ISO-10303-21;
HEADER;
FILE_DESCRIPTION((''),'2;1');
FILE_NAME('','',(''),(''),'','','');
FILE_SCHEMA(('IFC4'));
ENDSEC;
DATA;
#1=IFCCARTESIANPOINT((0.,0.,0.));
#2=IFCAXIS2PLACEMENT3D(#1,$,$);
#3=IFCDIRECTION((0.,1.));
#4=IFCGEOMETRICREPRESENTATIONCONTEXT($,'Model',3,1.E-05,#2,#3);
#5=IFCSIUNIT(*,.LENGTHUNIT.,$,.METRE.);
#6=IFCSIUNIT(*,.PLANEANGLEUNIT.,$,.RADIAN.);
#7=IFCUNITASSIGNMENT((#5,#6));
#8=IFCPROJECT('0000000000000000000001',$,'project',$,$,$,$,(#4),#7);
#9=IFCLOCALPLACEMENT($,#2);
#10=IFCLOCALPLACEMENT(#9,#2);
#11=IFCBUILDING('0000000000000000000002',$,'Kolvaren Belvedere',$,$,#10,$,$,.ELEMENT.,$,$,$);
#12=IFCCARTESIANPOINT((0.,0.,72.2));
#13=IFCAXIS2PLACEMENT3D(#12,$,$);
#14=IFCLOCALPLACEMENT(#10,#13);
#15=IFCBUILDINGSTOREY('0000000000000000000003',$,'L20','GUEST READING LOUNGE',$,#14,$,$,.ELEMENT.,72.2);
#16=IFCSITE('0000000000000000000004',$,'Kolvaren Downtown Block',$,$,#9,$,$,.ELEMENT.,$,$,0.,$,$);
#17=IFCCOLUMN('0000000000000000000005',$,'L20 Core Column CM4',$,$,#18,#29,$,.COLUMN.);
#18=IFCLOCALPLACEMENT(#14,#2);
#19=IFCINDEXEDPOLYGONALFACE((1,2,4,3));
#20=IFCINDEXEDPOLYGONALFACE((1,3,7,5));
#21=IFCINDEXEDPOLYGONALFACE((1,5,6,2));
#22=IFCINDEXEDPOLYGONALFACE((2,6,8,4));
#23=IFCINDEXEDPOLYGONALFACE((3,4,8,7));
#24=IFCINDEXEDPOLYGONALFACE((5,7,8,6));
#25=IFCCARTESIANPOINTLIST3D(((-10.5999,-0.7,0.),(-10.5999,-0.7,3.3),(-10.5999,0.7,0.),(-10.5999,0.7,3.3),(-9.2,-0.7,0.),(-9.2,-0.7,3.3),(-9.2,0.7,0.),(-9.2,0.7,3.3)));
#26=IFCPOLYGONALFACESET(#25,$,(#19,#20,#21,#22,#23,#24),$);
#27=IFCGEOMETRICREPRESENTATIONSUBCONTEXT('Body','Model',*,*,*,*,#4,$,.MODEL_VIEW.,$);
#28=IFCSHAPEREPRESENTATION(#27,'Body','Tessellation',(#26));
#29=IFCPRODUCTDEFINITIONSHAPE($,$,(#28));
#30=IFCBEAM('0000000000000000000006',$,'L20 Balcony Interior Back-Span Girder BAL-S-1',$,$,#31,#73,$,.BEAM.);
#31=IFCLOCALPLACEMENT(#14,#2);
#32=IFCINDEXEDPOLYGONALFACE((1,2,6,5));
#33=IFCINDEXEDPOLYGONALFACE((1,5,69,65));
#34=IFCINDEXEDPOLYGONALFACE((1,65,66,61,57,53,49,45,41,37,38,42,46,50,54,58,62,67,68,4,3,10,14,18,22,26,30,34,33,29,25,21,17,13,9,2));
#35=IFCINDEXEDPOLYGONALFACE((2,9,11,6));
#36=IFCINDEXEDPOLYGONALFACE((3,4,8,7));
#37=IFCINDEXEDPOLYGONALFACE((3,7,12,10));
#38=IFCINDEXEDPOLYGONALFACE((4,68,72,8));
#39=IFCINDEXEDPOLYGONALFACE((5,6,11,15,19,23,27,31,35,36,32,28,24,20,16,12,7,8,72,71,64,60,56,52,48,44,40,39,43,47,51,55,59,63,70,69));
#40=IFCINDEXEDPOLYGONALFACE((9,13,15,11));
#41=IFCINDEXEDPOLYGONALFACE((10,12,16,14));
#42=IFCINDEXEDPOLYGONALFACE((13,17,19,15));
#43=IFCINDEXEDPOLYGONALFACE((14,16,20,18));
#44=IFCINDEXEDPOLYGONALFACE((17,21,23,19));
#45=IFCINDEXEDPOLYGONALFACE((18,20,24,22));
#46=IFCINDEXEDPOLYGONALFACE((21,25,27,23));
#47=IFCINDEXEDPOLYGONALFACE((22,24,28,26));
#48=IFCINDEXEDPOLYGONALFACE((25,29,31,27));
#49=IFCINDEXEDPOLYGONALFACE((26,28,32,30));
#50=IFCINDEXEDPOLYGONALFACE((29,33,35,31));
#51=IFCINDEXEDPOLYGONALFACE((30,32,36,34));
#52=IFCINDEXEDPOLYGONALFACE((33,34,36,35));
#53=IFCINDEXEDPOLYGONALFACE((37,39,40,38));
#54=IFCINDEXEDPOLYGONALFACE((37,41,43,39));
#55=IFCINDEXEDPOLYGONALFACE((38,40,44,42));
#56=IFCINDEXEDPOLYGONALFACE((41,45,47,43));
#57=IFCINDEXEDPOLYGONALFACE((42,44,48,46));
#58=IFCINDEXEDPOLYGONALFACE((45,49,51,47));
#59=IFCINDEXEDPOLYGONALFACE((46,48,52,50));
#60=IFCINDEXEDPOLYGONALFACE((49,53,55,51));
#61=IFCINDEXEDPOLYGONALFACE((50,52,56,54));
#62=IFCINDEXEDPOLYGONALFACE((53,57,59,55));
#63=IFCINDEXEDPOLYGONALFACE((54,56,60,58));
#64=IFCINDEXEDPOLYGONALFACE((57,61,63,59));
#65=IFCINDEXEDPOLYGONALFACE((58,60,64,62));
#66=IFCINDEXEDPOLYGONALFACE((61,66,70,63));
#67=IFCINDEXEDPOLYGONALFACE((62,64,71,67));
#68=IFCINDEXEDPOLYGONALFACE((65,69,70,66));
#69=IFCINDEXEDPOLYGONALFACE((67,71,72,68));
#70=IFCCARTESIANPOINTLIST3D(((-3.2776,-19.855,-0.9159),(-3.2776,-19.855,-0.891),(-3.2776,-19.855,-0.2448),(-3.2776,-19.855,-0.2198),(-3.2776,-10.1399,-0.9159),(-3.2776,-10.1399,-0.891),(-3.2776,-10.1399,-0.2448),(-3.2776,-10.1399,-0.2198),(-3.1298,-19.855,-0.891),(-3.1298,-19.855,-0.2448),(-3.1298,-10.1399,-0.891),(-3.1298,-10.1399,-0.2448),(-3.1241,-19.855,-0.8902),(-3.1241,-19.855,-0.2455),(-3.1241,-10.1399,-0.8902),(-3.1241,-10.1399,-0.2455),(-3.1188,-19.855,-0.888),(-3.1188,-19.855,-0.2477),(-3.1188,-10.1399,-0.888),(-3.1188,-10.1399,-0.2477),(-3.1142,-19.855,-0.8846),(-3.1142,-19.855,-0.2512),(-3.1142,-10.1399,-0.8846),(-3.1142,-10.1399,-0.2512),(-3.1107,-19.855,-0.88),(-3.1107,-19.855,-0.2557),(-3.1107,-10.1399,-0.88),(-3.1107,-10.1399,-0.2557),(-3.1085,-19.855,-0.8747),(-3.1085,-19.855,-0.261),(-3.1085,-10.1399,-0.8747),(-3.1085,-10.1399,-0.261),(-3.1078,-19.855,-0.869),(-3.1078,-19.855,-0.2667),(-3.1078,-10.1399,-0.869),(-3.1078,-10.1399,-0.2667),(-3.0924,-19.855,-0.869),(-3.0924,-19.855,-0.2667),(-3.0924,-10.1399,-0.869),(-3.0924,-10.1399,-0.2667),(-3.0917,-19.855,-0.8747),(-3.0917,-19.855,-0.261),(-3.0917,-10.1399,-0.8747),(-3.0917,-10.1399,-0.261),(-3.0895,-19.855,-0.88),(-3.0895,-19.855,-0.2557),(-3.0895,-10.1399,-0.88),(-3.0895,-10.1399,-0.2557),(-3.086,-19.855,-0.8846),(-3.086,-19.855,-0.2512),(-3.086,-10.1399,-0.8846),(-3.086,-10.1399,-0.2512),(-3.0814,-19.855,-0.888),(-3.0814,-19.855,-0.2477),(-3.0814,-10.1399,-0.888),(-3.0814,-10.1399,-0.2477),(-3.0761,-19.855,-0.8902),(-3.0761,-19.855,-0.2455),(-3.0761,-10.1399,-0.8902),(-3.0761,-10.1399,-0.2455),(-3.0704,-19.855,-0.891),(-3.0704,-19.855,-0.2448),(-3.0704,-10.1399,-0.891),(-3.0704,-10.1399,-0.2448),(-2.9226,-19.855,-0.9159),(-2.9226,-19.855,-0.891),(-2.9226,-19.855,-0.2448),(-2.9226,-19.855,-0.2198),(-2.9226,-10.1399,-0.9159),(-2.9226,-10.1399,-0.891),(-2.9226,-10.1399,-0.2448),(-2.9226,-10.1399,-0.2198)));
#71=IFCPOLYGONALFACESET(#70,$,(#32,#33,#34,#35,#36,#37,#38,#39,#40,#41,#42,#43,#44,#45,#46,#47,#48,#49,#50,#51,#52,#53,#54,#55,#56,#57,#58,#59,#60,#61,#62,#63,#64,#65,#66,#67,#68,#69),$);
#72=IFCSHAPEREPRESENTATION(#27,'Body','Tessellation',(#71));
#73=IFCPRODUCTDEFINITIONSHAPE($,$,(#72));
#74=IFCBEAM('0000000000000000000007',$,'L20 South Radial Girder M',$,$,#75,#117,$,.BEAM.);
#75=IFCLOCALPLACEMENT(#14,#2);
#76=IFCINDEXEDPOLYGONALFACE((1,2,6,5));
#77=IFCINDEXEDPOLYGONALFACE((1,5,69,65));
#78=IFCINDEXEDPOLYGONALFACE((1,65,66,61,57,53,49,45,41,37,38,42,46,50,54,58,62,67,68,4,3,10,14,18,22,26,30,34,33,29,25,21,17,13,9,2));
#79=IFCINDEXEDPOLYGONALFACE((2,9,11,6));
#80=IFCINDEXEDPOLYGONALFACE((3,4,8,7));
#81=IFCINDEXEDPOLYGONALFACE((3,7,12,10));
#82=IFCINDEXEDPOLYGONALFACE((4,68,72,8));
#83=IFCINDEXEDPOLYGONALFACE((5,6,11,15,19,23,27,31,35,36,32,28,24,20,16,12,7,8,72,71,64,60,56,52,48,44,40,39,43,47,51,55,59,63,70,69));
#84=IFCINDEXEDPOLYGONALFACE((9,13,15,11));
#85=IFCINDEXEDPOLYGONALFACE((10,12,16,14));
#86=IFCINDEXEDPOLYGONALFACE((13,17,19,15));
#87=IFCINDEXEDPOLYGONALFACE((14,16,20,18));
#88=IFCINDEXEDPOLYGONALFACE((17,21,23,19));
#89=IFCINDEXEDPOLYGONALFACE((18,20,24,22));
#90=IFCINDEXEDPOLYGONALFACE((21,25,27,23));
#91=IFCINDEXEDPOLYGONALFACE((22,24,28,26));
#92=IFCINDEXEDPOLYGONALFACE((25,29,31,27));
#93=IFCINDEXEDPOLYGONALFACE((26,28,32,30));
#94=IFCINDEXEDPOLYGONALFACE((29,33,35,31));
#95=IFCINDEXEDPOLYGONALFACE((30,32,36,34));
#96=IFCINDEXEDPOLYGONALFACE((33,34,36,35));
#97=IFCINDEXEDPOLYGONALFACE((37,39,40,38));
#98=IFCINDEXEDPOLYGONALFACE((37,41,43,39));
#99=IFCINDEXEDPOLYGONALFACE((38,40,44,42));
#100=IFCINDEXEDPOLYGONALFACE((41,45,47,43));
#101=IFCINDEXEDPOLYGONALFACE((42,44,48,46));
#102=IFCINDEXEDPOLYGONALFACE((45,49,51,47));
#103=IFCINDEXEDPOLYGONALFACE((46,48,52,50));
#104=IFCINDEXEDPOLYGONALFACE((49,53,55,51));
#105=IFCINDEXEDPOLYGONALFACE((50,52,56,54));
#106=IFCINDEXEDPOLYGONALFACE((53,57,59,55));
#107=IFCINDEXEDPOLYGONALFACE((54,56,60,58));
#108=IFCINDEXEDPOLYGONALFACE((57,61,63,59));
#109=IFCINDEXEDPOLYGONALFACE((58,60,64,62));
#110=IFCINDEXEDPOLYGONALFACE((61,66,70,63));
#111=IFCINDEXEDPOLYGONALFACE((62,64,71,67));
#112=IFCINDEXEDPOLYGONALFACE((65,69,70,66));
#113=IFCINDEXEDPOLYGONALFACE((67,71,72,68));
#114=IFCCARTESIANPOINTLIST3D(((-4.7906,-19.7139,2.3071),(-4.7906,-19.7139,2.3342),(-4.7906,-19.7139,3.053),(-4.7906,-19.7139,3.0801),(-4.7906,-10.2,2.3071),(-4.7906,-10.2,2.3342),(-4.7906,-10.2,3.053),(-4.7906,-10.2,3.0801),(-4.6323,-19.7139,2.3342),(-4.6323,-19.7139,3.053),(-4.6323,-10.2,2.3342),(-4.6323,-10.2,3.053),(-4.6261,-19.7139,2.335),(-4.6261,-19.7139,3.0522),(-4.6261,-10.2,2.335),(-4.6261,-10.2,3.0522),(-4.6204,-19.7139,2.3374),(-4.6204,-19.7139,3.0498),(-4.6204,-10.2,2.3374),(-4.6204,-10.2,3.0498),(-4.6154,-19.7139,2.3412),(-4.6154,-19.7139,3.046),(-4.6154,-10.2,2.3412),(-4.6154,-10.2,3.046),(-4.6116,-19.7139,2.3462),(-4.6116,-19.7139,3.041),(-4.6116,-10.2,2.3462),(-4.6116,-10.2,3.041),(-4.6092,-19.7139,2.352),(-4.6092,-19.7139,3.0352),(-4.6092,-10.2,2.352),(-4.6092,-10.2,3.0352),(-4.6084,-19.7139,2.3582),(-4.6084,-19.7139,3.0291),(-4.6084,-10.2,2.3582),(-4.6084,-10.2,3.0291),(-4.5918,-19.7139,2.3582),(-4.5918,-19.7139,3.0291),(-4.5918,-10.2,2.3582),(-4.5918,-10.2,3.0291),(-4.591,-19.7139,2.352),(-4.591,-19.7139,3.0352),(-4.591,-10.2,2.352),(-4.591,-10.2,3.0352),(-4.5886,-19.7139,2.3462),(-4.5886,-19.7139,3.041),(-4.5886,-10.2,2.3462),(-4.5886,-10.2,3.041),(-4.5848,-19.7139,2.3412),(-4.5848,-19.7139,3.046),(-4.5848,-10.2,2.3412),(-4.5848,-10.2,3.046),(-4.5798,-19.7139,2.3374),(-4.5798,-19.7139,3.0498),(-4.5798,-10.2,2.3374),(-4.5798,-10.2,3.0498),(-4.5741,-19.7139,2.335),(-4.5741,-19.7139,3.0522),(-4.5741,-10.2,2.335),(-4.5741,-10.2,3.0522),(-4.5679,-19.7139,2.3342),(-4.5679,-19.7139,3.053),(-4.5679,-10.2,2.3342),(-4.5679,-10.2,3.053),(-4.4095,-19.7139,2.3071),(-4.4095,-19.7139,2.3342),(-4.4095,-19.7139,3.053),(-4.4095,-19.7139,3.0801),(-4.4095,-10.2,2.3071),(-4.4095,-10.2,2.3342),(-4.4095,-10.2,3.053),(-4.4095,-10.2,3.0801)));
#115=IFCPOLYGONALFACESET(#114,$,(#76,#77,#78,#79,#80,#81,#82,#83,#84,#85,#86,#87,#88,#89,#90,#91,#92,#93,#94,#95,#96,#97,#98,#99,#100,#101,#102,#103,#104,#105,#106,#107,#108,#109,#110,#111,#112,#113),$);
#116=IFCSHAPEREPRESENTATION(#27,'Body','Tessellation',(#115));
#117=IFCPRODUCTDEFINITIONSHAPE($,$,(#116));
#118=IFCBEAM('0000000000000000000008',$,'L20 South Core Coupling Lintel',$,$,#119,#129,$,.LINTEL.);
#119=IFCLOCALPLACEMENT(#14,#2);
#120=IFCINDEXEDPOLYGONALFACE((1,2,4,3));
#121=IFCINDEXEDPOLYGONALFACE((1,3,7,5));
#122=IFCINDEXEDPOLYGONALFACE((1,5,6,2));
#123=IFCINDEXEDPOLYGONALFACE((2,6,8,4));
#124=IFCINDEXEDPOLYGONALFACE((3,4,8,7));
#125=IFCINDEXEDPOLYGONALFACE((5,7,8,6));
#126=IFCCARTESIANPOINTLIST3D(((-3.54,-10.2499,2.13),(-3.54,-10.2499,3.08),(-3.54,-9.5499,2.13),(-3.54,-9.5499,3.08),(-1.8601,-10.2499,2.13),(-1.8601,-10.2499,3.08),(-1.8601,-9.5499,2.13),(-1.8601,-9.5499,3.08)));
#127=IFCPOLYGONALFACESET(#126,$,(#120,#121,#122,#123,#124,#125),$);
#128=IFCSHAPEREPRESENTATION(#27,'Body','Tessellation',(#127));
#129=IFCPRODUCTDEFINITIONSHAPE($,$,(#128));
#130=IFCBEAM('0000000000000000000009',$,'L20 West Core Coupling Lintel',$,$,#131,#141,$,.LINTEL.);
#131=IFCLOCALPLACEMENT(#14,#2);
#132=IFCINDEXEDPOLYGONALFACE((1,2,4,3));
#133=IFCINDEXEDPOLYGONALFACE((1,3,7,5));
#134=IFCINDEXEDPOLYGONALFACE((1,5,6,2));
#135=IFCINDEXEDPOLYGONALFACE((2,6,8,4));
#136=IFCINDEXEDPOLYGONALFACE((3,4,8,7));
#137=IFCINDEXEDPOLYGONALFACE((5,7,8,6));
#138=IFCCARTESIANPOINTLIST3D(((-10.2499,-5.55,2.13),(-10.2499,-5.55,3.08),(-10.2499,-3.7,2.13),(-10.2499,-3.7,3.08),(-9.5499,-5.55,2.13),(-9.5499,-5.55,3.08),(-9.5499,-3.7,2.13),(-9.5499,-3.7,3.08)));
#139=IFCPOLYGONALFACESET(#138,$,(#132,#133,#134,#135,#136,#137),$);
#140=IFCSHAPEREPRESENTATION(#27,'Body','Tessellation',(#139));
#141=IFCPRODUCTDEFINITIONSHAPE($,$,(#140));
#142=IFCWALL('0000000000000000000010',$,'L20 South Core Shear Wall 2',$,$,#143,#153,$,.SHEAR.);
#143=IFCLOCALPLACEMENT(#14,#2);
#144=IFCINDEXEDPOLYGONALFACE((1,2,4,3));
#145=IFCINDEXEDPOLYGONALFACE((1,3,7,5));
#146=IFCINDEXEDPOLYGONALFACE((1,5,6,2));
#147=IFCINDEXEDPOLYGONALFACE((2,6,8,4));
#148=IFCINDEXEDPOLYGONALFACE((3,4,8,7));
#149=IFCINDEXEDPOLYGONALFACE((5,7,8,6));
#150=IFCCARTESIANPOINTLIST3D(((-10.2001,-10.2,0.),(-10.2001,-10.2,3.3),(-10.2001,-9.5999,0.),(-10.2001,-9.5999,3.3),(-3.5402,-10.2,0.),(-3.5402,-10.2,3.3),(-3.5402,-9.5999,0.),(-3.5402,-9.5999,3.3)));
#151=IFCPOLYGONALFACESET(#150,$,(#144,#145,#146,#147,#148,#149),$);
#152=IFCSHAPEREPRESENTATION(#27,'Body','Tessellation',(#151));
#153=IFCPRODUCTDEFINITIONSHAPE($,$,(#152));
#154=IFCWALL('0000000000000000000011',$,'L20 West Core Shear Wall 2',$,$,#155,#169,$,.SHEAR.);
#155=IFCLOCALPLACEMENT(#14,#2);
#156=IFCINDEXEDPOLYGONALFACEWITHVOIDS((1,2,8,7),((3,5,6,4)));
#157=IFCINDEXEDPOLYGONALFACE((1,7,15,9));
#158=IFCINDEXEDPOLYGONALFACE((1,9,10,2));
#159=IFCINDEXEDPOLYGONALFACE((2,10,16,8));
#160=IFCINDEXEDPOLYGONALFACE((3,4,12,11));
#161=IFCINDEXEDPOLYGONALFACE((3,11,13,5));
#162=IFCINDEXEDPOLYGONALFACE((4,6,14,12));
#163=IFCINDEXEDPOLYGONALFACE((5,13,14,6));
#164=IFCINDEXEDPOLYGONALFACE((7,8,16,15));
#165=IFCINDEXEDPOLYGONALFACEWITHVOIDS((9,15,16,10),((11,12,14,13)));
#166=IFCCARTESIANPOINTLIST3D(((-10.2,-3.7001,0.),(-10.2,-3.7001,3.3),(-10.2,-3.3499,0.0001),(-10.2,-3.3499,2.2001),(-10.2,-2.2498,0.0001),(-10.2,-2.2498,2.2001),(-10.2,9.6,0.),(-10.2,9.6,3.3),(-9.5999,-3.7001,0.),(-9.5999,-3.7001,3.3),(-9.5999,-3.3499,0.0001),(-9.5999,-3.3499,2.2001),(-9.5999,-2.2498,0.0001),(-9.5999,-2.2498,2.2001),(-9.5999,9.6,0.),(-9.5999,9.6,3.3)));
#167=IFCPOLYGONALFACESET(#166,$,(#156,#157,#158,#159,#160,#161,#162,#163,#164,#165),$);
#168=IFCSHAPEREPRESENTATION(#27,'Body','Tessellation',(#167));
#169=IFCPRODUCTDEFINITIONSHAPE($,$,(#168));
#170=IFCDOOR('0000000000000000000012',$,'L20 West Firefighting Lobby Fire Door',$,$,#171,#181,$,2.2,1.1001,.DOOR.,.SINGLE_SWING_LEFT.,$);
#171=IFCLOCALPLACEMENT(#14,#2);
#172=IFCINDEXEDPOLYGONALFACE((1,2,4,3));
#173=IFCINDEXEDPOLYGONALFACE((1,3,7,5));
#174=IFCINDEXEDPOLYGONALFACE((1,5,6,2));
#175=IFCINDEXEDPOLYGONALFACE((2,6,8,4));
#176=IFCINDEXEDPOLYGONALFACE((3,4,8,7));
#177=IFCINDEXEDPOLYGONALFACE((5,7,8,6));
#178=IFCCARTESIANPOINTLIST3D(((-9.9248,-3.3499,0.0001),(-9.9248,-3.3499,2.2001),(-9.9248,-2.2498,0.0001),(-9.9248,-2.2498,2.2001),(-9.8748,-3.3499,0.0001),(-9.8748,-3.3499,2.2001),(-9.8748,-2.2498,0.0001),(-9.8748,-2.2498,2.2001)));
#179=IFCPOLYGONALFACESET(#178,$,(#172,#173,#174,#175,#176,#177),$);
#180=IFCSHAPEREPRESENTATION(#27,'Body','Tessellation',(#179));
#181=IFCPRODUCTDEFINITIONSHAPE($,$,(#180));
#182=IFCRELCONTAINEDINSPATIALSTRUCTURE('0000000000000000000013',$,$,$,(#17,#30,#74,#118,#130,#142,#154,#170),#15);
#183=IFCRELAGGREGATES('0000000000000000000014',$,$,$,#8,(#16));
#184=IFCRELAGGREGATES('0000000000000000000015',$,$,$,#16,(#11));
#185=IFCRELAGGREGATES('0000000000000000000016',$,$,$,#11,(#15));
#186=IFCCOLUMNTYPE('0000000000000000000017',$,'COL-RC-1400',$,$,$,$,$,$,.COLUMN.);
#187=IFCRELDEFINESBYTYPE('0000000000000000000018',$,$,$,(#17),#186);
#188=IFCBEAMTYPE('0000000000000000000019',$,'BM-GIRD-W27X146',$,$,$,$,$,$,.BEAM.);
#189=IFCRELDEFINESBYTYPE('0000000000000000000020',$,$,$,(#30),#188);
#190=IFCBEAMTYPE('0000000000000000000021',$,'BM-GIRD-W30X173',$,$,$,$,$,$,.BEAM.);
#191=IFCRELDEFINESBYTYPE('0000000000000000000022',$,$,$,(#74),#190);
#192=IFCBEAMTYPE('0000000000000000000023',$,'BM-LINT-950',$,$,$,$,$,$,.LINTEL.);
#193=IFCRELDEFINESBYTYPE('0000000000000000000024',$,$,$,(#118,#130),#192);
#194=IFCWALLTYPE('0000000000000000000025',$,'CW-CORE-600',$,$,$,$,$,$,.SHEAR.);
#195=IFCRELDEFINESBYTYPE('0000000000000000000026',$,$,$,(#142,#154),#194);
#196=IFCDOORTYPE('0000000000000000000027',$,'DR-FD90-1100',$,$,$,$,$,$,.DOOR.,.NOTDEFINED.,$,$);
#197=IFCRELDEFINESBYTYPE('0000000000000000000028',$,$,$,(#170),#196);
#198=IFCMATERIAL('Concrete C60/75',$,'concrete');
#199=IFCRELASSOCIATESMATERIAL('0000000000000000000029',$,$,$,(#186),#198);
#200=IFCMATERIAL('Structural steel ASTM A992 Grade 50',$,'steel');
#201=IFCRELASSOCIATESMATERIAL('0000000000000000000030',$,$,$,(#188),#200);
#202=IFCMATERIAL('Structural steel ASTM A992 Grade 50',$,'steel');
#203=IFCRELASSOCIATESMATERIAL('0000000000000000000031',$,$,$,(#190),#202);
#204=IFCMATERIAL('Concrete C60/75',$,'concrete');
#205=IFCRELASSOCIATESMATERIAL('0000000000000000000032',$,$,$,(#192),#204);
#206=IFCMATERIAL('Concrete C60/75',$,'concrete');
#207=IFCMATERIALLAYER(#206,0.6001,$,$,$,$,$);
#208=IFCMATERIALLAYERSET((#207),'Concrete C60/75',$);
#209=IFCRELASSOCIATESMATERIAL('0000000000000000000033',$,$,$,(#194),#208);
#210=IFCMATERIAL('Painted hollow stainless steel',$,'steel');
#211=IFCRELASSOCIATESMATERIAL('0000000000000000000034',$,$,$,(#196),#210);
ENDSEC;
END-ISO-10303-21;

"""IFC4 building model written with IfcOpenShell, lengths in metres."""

from ifc_helpers import new_model, si_unit, direction, frame, frame_2d, origin, origin_2d, place, context, subcontext, project, spatial, rectangle, i_section, extrude, material, layer, layer_set, material_profile, profile_set, type_object, element, fill, save


model = new_model("IFC4")

# Units and contexts
model_context = context("Model", 3, precision=1e-05, world=origin(), true_north=direction((0.0, 1.0)))
body_context = subcontext(model_context, "Body", "Model", "MODEL_VIEW")
ifc_project = project(units=[si_unit("LENGTHUNIT", "METRE"), si_unit("PLANEANGLEUNIT", "RADIAN")], contexts=[model_context])

# Site, building, storey
site_placement = place(None, origin())
site = spatial("IfcSite", under=ifc_project, at=site_placement, Name="Kolvaren Downtown Block", CompositionType="ELEMENT", RefElevation=0.0)
building_placement = place(site_placement, origin())
building = spatial("IfcBuilding", under=site, at=building_placement, Name="Kolvaren Belvedere", CompositionType="ELEMENT")
storey_placement = place(building_placement, frame((0.0, 0.0, 72.2)))
storey = spatial("IfcBuildingStorey", under=building, at=storey_placement, Name="L20", Description="GUEST READING LOUNGE", CompositionType="ELEMENT", Elevation=72.2)

# Column
ifc_material_1 = material(Name="Concrete C60/75", Category="concrete")
ifc_material_profile_1 = material_profile(ifc_material_1, rectangle(XDim=1.3999, YDim=1.3999, at=origin_2d()), Name="RC 1400X1400")
ifc_profile_set_1 = profile_set([ifc_material_profile_1], Name="Concrete C60/75")
column_type = type_object("IfcColumnType", Name="COL-RC-1400", PredefinedType="COLUMN", material=ifc_profile_set_1)
column_placement = place(storey_placement, frame((-9.8999, 0.0, 0.0), z_axis=(0.0, 0.0, 1.0), x_axis=(1.0, 0.0, 0.0)))
element("IfcColumn", 1, at=column_placement, inside=storey, type_object=column_type, Name="L20 Core Column CM4", PredefinedType="COLUMN", context=body_context, shape_type="SweptSolid", body=[
    extrude(rectangle(XDim=1.3999, YDim=1.3999, at=origin_2d()), origin(), (0.0, 0.0, 1.0), 3.3),
])

# Beams
ifc_material_2 = material(Name="Structural steel ASTM A992 Grade 50", Category="steel")
ifc_material_profile_2 = material_profile(ifc_material_2, i_section(OverallWidth=0.355, OverallDepth=0.696, WebThickness=0.0154, FlangeThickness=0.0249, FilletRadius=0.022, at=origin_2d()), Name="W27X146")
ifc_profile_set_2 = profile_set([ifc_material_profile_2], Name="Structural steel ASTM A992 Grade 50")
beam_type_1 = type_object("IfcBeamType", Name="BM-GIRD-W27X146", PredefinedType="BEAM", material=ifc_profile_set_2)
beam_1_placement = place(storey_placement, frame((-3.1001, -10.1399, -0.5679), z_axis=(0.0, -1.0, 0.0), x_axis=(1.0, 0.0, 0.0)))
element("IfcBeam", 2, at=beam_1_placement, inside=storey, type_object=beam_type_1, Name="L20 Balcony Interior Back-Span Girder BAL-S-1", PredefinedType="BEAM", context=body_context, shape_type="SweptSolid", body=[
    extrude(i_section(OverallWidth=0.355, OverallDepth=0.696, WebThickness=0.0154, FlangeThickness=0.0249, FilletRadius=0.022, at=origin_2d()), origin(), (0.0, 0.0, 1.0), 9.7151),
])
ifc_material_3 = material(Name="Structural steel ASTM A992 Grade 50", Category="steel")
ifc_material_profile_3 = material_profile(ifc_material_3, i_section(OverallWidth=0.3811, OverallDepth=0.7729, WebThickness=0.0166, FlangeThickness=0.0271, FilletRadius=0.0239, at=origin_2d()), Name="W30X173")
ifc_profile_set_3 = profile_set([ifc_material_profile_3], Name="Structural steel ASTM A992 Grade 50")
beam_type_2 = type_object("IfcBeamType", Name="BM-GIRD-W30X173", PredefinedType="BEAM", material=ifc_profile_set_3)
beam_2_placement = place(storey_placement, frame((-4.6001, -10.2, 2.6936), z_axis=(0.0, -1.0, 0.0), x_axis=(1.0, 0.0, 0.0)))
element("IfcBeam", 3, at=beam_2_placement, inside=storey, type_object=beam_type_2, Name="L20 South Radial Girder M", PredefinedType="BEAM", context=body_context, shape_type="SweptSolid", body=[
    extrude(i_section(OverallWidth=0.3811, OverallDepth=0.7729, WebThickness=0.0166, FlangeThickness=0.0271, FilletRadius=0.0239, at=origin_2d()), origin(), (0.0, 0.0, 1.0), 9.5139),
])
ifc_material_4 = material(Name="Concrete C60/75", Category="concrete")
ifc_material_profile_4 = material_profile(ifc_material_4, rectangle(XDim=0.7, YDim=0.95, at=origin_2d()), Name="RC 700X950")
ifc_profile_set_4 = profile_set([ifc_material_profile_4], Name="Concrete C60/75")
beam_type_3 = type_object("IfcBeamType", Name="BM-LINT-950", PredefinedType="LINTEL", material=ifc_profile_set_4)
beam_3_placement = place(storey_placement, frame((-3.54, -9.8999, 2.605), z_axis=(1.0, 0.0, 0.0), x_axis=(0.0, 1.0, 0.0)))
element("IfcBeam", 4, at=beam_3_placement, inside=storey, type_object=beam_type_3, Name="L20 South Core Coupling Lintel", PredefinedType="LINTEL", context=body_context, shape_type="SweptSolid", body=[
    extrude(rectangle(XDim=0.7, YDim=0.95, at=origin_2d()), origin(), (0.0, 0.0, 1.0), 1.6799),
])
beam_4_placement = place(storey_placement, frame((-9.8999, -5.55, 2.605), z_axis=(0.0, 1.0, 0.0), x_axis=(-1.0, 0.0, 0.0)))
element("IfcBeam", 5, at=beam_4_placement, inside=storey, type_object=beam_type_3, Name="L20 West Core Coupling Lintel", PredefinedType="LINTEL", context=body_context, shape_type="SweptSolid", body=[
    extrude(rectangle(XDim=0.7, YDim=0.95, at=origin_2d()), origin(), (0.0, 0.0, 1.0), 1.8501),
])

# Wall
ifc_material_5 = material(Name="Concrete C60/75", Category="concrete")
ifc_layer_1 = layer(ifc_material_5, 0.6001)
ifc_layer_set_1 = layer_set([ifc_layer_1], Name="Concrete C60/75")
wall_type_1 = type_object("IfcWallType", Name="CW-CORE-600", PredefinedType="SHEAR", material=ifc_layer_set_1)
wall_1_placement = place(storey_placement, frame((-3.54, -9.8999, 0.0), z_axis=(0.0, 0.0, 1.0), x_axis=(-1.0, 0.0, 0.0)))
element("IfcWall", 6, at=wall_1_placement, inside=storey, type_object=wall_type_1, Name="L20 South Core Shear Wall 2", PredefinedType="SHEAR", context=body_context, shape_type="SweptSolid", body=[
    extrude(rectangle(XDim=6.6599, YDim=0.6001, at=frame_2d((3.3301, 0.0))), origin(), (0.0, 0.0, 1.0), 3.3),
])

# Wall, opening, door
wall_2_placement = place(storey_placement, frame((-9.8999, -3.7, 0.0), z_axis=(0.0, 0.0, 1.0), x_axis=(0.0, 1.0, 0.0)))
wall_2 = element("IfcWall", 7, at=wall_2_placement, inside=storey, type_object=wall_type_1, Name="L20 West Core Shear Wall 2", PredefinedType="SHEAR", context=body_context, shape_type="SweptSolid", body=[
    extrude(rectangle(XDim=13.3, YDim=0.6001, at=frame_2d((6.6499, 0.0))), origin(), (0.0, 0.0, 1.0), 3.3),
])
opening_1_placement = place(wall_2_placement, frame((0.3501, 0.0, 0.0)))
opening_1 = element("IfcOpeningElement", 8, at=opening_1_placement, cuts=wall_2, PredefinedType="OPENING", context=body_context, shape_type="SweptSolid", body=[
    extrude(rectangle(XDim=1.1001, YDim=2.2, at=frame_2d((0.55, 1.1001))), frame((0.0, 0.3101, 0.0), z_axis=(0.0, -1.0, 0.0), x_axis=(1.0, 0.0, 0.0)), (0.0, 0.0, 1.0), 0.6201),
])
ifc_material_6 = material(Name="Painted hollow stainless steel", Category="steel")
door_type_1 = type_object("IfcDoorType", Name="DR-FD90-1100", OperationType="NOTDEFINED", PredefinedType="DOOR", material=ifc_material_6)
door_1_placement = place(opening_1_placement, origin())
door_1 = element("IfcDoor", 9, at=door_1_placement, inside=storey, type_object=door_type_1, Name="L20 West Firefighting Lobby Fire Door", OperationType="SINGLE_SWING_LEFT", OverallHeight=2.2, OverallWidth=1.1001, PredefinedType="DOOR", context=body_context, shape_type="SweptSolid", body=[
    extrude(rectangle(XDim=1.1001, YDim=2.2, at=frame_2d((0.55, 1.1001))), frame((0.0, 0.0249, 0.0), z_axis=(0.0, -1.0, 0.0), x_axis=(1.0, 0.0, 0.0)), (0.0, 0.0, 1.0), 0.05),
])
fill(opening_1, door_1)

save(model, "model.ifc")
